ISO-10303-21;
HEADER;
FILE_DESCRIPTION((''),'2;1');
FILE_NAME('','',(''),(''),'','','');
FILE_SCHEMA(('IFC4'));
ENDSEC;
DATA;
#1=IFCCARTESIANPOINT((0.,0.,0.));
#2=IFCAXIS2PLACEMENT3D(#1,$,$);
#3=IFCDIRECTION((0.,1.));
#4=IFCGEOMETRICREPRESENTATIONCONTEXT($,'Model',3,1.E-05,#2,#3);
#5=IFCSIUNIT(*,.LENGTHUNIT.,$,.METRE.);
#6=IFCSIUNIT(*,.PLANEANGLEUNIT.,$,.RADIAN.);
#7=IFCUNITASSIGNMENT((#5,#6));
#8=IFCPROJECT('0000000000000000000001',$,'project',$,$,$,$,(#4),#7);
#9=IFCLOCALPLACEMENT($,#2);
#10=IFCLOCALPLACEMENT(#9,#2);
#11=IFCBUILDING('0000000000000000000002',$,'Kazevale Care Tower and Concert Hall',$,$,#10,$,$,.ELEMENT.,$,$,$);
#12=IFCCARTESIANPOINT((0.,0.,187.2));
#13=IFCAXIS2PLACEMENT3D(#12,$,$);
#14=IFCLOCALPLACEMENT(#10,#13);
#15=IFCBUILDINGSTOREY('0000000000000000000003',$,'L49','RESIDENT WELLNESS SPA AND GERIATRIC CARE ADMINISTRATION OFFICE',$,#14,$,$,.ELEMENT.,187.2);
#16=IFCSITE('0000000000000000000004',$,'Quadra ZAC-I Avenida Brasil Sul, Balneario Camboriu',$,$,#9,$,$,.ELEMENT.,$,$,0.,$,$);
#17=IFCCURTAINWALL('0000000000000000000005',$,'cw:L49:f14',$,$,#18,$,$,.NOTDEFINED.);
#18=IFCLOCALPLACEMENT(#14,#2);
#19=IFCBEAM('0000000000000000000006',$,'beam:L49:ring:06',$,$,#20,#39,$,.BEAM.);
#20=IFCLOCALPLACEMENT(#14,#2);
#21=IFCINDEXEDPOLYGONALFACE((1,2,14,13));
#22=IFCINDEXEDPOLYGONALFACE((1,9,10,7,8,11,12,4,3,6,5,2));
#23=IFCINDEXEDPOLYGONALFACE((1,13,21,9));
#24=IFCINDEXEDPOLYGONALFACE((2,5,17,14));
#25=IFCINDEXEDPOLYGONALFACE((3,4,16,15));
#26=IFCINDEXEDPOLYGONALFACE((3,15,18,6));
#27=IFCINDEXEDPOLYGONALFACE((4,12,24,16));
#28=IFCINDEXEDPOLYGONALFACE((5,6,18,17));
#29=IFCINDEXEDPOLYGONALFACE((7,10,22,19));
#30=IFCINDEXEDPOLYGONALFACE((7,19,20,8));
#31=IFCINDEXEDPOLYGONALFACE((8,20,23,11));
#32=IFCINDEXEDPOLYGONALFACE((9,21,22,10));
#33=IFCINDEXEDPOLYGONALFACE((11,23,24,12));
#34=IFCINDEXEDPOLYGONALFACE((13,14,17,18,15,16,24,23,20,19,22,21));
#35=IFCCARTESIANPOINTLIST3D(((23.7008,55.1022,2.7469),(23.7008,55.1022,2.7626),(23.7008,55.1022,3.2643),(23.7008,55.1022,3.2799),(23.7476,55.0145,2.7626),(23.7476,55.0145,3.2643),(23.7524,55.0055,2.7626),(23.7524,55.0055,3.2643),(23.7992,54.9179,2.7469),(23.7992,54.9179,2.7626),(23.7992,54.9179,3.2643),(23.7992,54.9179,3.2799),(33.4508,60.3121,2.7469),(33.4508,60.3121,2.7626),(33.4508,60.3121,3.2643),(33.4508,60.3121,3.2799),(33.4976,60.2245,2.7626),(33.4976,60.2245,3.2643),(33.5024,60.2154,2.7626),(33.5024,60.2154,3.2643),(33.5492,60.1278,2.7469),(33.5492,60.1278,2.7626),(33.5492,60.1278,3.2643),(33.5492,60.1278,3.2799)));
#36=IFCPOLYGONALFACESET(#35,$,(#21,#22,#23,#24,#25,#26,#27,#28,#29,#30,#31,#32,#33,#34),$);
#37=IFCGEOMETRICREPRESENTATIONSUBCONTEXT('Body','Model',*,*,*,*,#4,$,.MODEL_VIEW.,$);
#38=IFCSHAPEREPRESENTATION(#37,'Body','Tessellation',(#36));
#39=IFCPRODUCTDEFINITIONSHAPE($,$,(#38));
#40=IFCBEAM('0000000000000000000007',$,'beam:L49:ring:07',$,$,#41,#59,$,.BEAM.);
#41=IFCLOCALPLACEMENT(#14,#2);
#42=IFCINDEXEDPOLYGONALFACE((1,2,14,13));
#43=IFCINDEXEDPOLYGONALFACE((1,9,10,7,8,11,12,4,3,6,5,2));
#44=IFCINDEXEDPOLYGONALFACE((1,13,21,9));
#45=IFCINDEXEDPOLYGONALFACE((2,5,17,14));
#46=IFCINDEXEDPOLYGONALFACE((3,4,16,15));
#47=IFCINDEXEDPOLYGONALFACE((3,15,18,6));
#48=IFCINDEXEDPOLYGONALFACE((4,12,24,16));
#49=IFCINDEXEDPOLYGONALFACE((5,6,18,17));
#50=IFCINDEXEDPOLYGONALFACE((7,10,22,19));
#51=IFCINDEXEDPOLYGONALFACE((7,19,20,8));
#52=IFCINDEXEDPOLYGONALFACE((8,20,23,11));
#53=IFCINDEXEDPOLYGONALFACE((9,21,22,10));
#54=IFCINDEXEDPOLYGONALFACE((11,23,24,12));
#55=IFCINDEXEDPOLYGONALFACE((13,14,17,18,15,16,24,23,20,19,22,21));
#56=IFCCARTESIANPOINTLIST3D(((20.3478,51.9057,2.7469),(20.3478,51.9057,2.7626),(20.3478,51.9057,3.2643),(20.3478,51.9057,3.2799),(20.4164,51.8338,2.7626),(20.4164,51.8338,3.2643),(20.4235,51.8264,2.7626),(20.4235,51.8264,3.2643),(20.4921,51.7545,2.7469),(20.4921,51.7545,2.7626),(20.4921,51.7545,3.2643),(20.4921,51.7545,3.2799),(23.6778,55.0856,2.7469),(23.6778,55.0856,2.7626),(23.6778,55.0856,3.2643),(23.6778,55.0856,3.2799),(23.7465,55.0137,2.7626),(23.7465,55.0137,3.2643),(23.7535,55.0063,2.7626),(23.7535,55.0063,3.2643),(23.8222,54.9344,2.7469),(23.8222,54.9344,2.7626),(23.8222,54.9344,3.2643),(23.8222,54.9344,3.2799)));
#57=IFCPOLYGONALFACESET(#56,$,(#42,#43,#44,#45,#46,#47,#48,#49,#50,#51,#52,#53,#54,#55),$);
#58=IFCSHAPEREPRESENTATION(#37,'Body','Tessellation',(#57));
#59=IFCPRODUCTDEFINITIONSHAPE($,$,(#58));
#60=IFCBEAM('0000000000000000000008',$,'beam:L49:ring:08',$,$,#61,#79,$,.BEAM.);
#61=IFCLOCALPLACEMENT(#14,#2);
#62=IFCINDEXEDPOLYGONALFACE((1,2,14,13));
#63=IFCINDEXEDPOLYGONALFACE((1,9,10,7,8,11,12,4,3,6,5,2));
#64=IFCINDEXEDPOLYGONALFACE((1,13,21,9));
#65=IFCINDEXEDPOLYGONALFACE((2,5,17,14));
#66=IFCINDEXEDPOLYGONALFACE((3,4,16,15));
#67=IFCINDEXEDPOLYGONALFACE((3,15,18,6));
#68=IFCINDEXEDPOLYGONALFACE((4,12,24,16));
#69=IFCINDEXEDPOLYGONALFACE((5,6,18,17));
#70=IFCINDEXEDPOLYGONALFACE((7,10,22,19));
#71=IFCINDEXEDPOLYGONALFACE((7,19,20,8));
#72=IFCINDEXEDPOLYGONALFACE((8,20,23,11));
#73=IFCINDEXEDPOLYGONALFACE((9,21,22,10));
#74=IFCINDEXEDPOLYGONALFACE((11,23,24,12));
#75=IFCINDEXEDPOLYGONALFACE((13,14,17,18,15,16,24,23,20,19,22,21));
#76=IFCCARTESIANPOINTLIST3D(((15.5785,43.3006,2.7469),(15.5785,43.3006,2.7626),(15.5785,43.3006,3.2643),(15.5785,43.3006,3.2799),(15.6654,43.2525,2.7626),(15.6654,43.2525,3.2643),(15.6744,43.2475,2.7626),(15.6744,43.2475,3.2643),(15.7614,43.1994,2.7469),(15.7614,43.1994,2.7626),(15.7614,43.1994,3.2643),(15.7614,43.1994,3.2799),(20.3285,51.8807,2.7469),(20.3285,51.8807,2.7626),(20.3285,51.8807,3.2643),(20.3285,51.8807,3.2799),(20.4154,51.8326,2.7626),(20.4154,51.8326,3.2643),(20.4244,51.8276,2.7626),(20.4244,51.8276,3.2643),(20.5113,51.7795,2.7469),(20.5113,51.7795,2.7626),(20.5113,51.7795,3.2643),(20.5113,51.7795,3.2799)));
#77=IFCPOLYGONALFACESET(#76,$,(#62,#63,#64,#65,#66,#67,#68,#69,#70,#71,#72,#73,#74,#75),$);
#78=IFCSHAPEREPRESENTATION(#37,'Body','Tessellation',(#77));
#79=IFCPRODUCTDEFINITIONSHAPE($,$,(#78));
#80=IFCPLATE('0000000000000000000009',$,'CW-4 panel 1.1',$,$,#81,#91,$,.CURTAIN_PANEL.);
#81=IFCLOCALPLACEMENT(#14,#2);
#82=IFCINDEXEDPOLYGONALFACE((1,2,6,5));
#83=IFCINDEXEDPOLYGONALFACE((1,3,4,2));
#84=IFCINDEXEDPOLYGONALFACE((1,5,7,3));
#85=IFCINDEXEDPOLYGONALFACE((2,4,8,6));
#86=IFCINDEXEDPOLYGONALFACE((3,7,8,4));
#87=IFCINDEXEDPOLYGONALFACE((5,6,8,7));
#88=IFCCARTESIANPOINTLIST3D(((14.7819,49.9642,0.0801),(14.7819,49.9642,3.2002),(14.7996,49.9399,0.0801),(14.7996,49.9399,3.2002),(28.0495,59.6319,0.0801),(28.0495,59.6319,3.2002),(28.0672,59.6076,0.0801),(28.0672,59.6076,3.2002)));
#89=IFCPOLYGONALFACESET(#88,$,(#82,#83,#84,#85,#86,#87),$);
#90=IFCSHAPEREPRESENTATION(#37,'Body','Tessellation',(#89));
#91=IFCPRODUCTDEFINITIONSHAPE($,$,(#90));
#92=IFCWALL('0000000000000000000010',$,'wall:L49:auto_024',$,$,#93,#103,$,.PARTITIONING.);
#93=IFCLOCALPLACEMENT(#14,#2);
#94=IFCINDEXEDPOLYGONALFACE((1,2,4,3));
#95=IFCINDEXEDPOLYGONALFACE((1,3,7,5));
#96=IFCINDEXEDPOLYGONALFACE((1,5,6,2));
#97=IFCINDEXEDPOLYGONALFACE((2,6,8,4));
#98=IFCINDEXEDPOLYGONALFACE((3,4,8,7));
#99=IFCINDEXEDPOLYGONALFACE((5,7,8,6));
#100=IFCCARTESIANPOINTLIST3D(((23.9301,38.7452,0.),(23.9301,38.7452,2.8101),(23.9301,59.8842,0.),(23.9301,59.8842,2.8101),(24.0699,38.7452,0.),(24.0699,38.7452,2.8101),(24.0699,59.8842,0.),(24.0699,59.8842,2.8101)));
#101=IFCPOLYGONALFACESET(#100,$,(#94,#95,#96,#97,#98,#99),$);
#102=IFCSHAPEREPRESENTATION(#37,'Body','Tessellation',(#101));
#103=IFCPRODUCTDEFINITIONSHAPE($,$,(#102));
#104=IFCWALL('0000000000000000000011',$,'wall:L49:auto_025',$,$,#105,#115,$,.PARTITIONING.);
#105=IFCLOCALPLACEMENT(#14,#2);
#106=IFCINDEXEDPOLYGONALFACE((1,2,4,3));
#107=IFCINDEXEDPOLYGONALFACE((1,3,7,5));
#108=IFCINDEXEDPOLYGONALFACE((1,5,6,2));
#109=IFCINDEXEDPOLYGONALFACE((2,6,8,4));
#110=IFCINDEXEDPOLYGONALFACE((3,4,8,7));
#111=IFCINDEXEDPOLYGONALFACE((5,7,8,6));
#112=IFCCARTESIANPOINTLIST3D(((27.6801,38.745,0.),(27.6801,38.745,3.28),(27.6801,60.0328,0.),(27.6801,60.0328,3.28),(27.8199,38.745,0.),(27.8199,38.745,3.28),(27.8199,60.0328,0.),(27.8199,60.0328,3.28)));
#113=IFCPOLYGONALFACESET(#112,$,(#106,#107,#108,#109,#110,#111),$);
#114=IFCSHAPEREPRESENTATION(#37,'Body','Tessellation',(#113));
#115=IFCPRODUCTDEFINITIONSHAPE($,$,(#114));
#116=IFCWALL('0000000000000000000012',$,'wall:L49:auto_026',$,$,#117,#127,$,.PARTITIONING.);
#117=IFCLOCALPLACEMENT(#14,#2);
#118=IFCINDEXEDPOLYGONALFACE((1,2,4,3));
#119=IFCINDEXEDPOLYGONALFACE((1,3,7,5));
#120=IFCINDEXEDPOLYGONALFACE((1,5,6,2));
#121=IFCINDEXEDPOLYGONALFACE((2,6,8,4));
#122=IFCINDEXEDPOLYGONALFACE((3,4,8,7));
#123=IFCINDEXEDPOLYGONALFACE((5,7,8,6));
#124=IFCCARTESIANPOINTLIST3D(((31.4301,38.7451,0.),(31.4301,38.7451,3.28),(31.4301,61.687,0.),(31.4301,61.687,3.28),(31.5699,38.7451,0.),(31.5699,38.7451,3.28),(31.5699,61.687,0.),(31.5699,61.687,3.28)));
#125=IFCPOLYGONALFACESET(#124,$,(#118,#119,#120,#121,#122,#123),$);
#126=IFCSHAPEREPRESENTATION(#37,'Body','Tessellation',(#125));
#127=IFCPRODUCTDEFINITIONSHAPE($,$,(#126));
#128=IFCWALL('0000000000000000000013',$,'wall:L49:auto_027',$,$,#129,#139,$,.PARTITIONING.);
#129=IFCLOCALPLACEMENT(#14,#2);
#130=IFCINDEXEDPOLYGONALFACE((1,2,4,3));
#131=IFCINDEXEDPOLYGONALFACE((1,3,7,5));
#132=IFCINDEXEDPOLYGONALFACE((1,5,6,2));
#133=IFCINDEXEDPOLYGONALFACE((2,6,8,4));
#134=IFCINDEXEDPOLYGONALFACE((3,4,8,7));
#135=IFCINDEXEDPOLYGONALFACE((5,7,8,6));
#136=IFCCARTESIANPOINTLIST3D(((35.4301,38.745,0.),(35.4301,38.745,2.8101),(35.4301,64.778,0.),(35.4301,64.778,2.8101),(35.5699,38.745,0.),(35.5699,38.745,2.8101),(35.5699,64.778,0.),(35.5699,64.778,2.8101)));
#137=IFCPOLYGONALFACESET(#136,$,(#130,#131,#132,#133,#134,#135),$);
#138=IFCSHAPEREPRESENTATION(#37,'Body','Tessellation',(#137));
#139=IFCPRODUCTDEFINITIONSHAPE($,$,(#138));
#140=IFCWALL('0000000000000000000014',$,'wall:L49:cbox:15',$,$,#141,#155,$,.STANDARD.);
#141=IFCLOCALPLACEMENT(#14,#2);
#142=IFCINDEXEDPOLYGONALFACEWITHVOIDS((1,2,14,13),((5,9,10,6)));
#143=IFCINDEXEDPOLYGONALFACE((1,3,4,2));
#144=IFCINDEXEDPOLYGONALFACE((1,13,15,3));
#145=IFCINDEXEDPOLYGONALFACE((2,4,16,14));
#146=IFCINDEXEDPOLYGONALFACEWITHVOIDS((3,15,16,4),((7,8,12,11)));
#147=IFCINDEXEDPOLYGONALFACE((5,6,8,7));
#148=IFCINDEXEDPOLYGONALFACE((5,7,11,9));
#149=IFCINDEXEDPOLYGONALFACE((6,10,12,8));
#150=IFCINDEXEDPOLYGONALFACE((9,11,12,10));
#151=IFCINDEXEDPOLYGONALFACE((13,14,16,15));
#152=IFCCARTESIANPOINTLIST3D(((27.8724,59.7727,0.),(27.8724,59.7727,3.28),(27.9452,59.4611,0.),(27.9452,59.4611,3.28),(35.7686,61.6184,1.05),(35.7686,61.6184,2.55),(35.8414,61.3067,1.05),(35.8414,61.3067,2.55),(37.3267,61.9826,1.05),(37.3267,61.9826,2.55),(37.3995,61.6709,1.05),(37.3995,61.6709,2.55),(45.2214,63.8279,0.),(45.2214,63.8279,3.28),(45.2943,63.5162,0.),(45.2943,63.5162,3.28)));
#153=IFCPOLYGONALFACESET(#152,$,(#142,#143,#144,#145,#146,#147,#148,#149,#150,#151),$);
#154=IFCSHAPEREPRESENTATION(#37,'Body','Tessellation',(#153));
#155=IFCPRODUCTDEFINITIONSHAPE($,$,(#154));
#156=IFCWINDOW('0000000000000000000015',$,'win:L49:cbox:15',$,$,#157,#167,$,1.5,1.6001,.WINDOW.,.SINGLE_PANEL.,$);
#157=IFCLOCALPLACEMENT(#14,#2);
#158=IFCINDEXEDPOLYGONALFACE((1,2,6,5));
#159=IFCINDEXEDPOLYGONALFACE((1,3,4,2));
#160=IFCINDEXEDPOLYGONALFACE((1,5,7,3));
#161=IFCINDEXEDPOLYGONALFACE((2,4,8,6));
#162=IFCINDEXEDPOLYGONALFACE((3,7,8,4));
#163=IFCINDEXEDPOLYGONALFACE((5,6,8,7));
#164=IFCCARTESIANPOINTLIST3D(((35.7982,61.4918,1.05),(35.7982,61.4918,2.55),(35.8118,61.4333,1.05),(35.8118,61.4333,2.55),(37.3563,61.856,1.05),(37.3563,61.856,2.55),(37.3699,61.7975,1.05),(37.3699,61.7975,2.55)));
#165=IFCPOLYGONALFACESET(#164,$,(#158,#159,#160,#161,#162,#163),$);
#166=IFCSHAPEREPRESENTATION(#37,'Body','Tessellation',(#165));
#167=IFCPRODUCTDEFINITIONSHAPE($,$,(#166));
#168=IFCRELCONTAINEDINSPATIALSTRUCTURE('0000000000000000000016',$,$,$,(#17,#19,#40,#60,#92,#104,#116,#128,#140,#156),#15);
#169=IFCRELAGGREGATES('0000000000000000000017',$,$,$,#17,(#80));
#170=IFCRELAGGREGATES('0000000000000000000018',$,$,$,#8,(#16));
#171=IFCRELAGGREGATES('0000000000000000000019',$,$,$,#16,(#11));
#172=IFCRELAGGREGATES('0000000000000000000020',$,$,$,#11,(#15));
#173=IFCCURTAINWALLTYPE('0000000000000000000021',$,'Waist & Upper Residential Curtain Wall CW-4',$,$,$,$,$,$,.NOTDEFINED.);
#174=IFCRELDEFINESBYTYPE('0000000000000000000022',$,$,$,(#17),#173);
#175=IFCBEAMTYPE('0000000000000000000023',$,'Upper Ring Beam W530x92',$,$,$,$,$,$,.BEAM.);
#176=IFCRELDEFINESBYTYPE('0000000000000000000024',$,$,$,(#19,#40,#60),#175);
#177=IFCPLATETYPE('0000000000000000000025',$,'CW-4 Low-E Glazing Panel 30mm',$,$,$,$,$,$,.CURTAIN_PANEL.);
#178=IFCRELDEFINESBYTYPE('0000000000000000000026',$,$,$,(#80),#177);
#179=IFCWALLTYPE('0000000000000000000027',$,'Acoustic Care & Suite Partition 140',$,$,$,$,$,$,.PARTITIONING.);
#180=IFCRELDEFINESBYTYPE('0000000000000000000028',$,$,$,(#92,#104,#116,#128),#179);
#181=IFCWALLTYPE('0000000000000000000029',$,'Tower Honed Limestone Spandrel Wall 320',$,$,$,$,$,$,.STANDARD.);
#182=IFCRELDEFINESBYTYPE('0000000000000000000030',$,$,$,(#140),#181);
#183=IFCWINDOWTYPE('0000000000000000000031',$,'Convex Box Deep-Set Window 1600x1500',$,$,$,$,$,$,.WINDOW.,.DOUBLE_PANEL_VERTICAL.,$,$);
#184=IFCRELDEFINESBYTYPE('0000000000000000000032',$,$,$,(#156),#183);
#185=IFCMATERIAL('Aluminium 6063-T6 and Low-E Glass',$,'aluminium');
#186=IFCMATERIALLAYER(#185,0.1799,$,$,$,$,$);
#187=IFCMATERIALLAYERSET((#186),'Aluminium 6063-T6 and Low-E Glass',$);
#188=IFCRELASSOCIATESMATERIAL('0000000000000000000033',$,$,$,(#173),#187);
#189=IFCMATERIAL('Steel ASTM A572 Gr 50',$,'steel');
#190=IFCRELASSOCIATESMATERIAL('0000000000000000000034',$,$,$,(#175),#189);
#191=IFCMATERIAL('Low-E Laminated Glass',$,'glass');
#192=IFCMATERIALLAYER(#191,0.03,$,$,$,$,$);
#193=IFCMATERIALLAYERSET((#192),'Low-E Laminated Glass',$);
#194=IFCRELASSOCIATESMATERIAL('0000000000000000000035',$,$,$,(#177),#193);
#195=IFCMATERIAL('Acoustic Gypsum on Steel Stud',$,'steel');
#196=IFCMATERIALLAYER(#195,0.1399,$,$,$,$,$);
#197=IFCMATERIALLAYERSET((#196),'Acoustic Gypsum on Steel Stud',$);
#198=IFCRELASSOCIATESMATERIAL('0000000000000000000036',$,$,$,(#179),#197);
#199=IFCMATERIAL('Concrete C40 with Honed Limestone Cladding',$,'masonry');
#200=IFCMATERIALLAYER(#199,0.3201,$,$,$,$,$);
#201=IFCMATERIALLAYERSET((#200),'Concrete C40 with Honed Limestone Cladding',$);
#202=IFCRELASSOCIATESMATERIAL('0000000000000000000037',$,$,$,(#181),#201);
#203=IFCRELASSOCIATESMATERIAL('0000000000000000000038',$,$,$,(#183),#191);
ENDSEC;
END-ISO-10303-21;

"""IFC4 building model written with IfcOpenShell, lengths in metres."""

from ifc_helpers import new_model, si_unit, direction, frame, frame_2d, origin, origin_2d, place, context, subcontext, project, spatial, rectangle, i_section, extrude, material, layer, layer_set, material_profile, profile_set, type_object, element, fill, aggregate, save


model = new_model("IFC4")

# Units and contexts
model_context = context("Model", 3, precision=1e-05, world=origin(), true_north=direction((0.0, 1.0)))
body_context = subcontext(model_context, "Body", "Model", "MODEL_VIEW")
ifc_project = project(units=[si_unit("LENGTHUNIT", "METRE"), si_unit("PLANEANGLEUNIT", "RADIAN")], contexts=[model_context])

# Site, building, storey
site_placement = place(None, origin())
site = spatial("IfcSite", under=ifc_project, at=site_placement, Name="Quadra ZAC-I Avenida Brasil Sul, Balneario Camboriu", CompositionType="ELEMENT", RefElevation=0.0)
building_placement = place(site_placement, origin())
building = spatial("IfcBuilding", under=site, at=building_placement, Name="Kazevale Care Tower and Concert Hall", CompositionType="ELEMENT")
storey_placement = place(building_placement, frame((0.0, 0.0, 187.2)))
storey = spatial("IfcBuildingStorey", under=building, at=storey_placement, Name="L49", Description="RESIDENT WELLNESS SPA AND GERIATRIC CARE ADMINISTRATION OFFICE", CompositionType="ELEMENT", Elevation=187.2)

# Curtain wall
ifc_material_1 = material(Name="Aluminium 6063-T6 and Low-E Glass", Category="aluminium")
ifc_layer_1 = layer(ifc_material_1, 0.1799)
ifc_layer_set_1 = layer_set([ifc_layer_1], Name="Aluminium 6063-T6 and Low-E Glass")
curtain_wall_type = type_object("IfcCurtainWallType", Name="Waist & Upper Residential Curtain Wall CW-4", PredefinedType="NOTDEFINED", material=ifc_layer_set_1)
curtain_wall_placement = place(storey_placement, origin())
curtain_wall = element("IfcCurtainWall", 1, at=curtain_wall_placement, inside=storey, type_object=curtain_wall_type, Name="cw:L49:f14", PredefinedType="NOTDEFINED")

# Beams
ifc_material_2 = material(Name="Steel ASTM A572 Gr 50", Category="steel")
ifc_material_profile_1 = material_profile(ifc_material_2, i_section(OverallWidth=0.209, OverallDepth=0.533, WebThickness=0.0103, FlangeThickness=0.0156, at=origin_2d()), Name="W530x92")
ifc_profile_set_1 = profile_set([ifc_material_profile_1], Name="Steel ASTM A572 Gr 50")
beam_type = type_object("IfcBeamType", Name="Upper Ring Beam W530x92", PredefinedType="BEAM", material=ifc_profile_set_1)
beam_1_placement = place(storey_placement, frame((33.5, 60.22, 3.0134), z_axis=(-0.881979, -0.47129, 0.0), x_axis=(0.47129, -0.881979, 0.0)))
element("IfcBeam", 2, at=beam_1_placement, inside=storey, type_object=beam_type, Name="beam:L49:ring:06", PredefinedType="BEAM", context=body_context, shape_type="SweptSolid", body=[
    extrude(i_section(OverallWidth=0.209, OverallDepth=0.533, WebThickness=0.0103, FlangeThickness=0.0156, at=origin_2d()), origin(), (0.0, 0.0, 1.0), 11.0547),
])
beam_2_placement = place(storey_placement, frame((23.75, 55.01, 3.0134), z_axis=(-0.723223, -0.690614, 0.0), x_axis=(0.690614, -0.723223, 0.0)))
element("IfcBeam", 3, at=beam_2_placement, inside=storey, type_object=beam_type, Name="beam:L49:ring:07", PredefinedType="BEAM", context=body_context, shape_type="SweptSolid", body=[
    extrude(i_section(OverallWidth=0.209, OverallDepth=0.533, WebThickness=0.0103, FlangeThickness=0.0156, at=origin_2d()), origin(), (0.0, 0.0, 1.0), 4.6045),
])
beam_3_placement = place(storey_placement, frame((20.4199, 51.8301, 3.0134), z_axis=(-0.48434, -0.87488, 0.0), x_axis=(0.87488, -0.48434, 0.0)))
element("IfcBeam", 4, at=beam_3_placement, inside=storey, type_object=beam_type, Name="beam:L49:ring:08", PredefinedType="BEAM", context=body_context, shape_type="SweptSolid", body=[
    extrude(i_section(OverallWidth=0.209, OverallDepth=0.533, WebThickness=0.0103, FlangeThickness=0.0156, at=origin_2d()), origin(), (0.0, 0.0, 1.0), 9.8071),
])

# Plate
ifc_material_3 = material(Name="Low-E Laminated Glass", Category="glass")
ifc_layer_2 = layer(ifc_material_3, 0.03)
ifc_layer_set_2 = layer_set([ifc_layer_2], Name="Low-E Laminated Glass")
plate_type = type_object("IfcPlateType", Name="CW-4 Low-E Glazing Panel 30mm", PredefinedType="CURTAIN_PANEL", material=ifc_layer_set_2)
plate_placement = place(storey_placement, frame((21.4246, 54.7859, 0.0801), z_axis=(0.0, 0.0, 1.0), x_axis=(0.808198, 0.58891, 0.0)))
plate = element("IfcPlate", 5, at=plate_placement, type_object=plate_type, Name="CW-4 panel 1.1", PredefinedType="CURTAIN_PANEL", context=body_context, shape_type="SweptSolid", body=[
    extrude(rectangle(XDim=16.4163, YDim=0.03, at=origin_2d()), origin(), (0.0, 0.0, 1.0), 3.1201),
])
aggregate(curtain_wall, [plate])

# Walls
ifc_material_4 = material(Name="Acoustic Gypsum on Steel Stud", Category="steel")
ifc_layer_3 = layer(ifc_material_4, 0.1399)
ifc_layer_set_3 = layer_set([ifc_layer_3], Name="Acoustic Gypsum on Steel Stud")
wall_type_1 = type_object("IfcWallType", Name="Acoustic Care & Suite Partition 140", PredefinedType="PARTITIONING", material=ifc_layer_set_3)
wall_1_placement = place(storey_placement, frame((24.0, 59.884, 0.0), z_axis=(0.0, 0.0, 1.0), x_axis=(0.0, -1.0, 0.0)))
element("IfcWall", 6, at=wall_1_placement, inside=storey, type_object=wall_type_1, Name="wall:L49:auto_024", PredefinedType="PARTITIONING", context=body_context, shape_type="SweptSolid", body=[
    extrude(rectangle(XDim=21.1389, YDim=0.1399, at=frame_2d((10.5693, 0.0))), origin(), (0.0, 0.0, 1.0), 2.8101),
])
wall_2_placement = place(storey_placement, frame((27.75, 60.033, 0.0), z_axis=(0.0, 0.0, 1.0), x_axis=(0.0, -1.0, 0.0)))
element("IfcWall", 7, at=wall_2_placement, inside=storey, type_object=wall_type_1, Name="wall:L49:auto_025", PredefinedType="PARTITIONING", context=body_context, shape_type="SweptSolid", body=[
    extrude(rectangle(XDim=21.2878, YDim=0.1399, at=frame_2d((10.644, 0.0))), origin(), (0.0, 0.0, 1.0), 3.28),
])
wall_3_placement = place(storey_placement, frame((31.5, 61.687, 0.0), z_axis=(0.0, 0.0, 1.0), x_axis=(0.0, -1.0, 0.0)))
element("IfcWall", 8, at=wall_3_placement, inside=storey, type_object=wall_type_1, Name="wall:L49:auto_026", PredefinedType="PARTITIONING", context=body_context, shape_type="SweptSolid", body=[
    extrude(rectangle(XDim=22.9419, YDim=0.1399, at=frame_2d((11.4709, 0.0))), origin(), (0.0, 0.0, 1.0), 3.28),
])
wall_4_placement = place(storey_placement, frame((35.5, 64.7781, 0.0), z_axis=(0.0, 0.0, 1.0), x_axis=(0.0, -1.0, 0.0)))
element("IfcWall", 9, at=wall_4_placement, inside=storey, type_object=wall_type_1, Name="wall:L49:auto_027", PredefinedType="PARTITIONING", context=body_context, shape_type="SweptSolid", body=[
    extrude(rectangle(XDim=26.033, YDim=0.1399, at=frame_2d((13.0166, 0.0))), origin(), (0.0, 0.0, 1.0), 2.8101),
])

# Wall, opening, window
ifc_material_5 = material(Name="Concrete C40 with Honed Limestone Cladding", Category="masonry")
ifc_layer_4 = layer(ifc_material_5, 0.3201)
ifc_layer_set_4 = layer_set([ifc_layer_4], Name="Concrete C40 with Honed Limestone Cladding")
wall_type_2 = type_object("IfcWallType", Name="Tower Honed Limestone Spandrel Wall 320", PredefinedType="STANDARD", material=ifc_layer_set_4)
wall_5_placement = place(storey_placement, frame((27.9089, 59.6169, 0.0), z_axis=(0.0, 0.0, 1.0), x_axis=(0.973754, 0.227605, 0.0)))
wall_5 = element("IfcWall", 10, at=wall_5_placement, inside=storey, type_object=wall_type_2, Name="wall:L49:cbox:15", PredefinedType="STANDARD", context=body_context, shape_type="SweptSolid", body=[
    extrude(rectangle(XDim=17.8167, YDim=0.3201, at=frame_2d((8.9082, 0.0))), origin(), (0.0, 0.0, 1.0), 3.28),
])
opening_placement = place(wall_5_placement, frame((8.1089, 0.0, 1.05)))
opening = element("IfcOpeningElement", 11, at=opening_placement, cuts=wall_5, PredefinedType="OPENING", context=body_context, shape_type="SweptSolid", body=[
    extrude(rectangle(XDim=1.6001, YDim=1.5, at=frame_2d((0.8, 0.75))), frame((0.0, 0.1699, 0.0), z_axis=(0.0, -1.0, 0.0), x_axis=(1.0, 0.0, 0.0)), (0.0, 0.0, 1.0), 0.3401),
])
window_type = type_object("IfcWindowType", Name="Convex Box Deep-Set Window 1600x1500", PartitioningType="DOUBLE_PANEL_VERTICAL", PredefinedType="WINDOW", material=ifc_material_3)
window_placement = place(opening_placement, origin())
window = element("IfcWindow", 12, at=window_placement, inside=storey, type_object=window_type, Name="win:L49:cbox:15", OverallHeight=1.5, OverallWidth=1.6001, PartitioningType="SINGLE_PANEL", PredefinedType="WINDOW", context=body_context, shape_type="SweptSolid", body=[
    extrude(rectangle(XDim=1.6001, YDim=1.5, at=frame_2d((0.8, 0.75))), frame((0.0, 0.03, 0.0), z_axis=(0.0, -1.0, 0.0), x_axis=(1.0, 0.0, 0.0)), (0.0, 0.0, 1.0), 0.0601),
])
fill(opening, window)

save(model, "model.ifc")
